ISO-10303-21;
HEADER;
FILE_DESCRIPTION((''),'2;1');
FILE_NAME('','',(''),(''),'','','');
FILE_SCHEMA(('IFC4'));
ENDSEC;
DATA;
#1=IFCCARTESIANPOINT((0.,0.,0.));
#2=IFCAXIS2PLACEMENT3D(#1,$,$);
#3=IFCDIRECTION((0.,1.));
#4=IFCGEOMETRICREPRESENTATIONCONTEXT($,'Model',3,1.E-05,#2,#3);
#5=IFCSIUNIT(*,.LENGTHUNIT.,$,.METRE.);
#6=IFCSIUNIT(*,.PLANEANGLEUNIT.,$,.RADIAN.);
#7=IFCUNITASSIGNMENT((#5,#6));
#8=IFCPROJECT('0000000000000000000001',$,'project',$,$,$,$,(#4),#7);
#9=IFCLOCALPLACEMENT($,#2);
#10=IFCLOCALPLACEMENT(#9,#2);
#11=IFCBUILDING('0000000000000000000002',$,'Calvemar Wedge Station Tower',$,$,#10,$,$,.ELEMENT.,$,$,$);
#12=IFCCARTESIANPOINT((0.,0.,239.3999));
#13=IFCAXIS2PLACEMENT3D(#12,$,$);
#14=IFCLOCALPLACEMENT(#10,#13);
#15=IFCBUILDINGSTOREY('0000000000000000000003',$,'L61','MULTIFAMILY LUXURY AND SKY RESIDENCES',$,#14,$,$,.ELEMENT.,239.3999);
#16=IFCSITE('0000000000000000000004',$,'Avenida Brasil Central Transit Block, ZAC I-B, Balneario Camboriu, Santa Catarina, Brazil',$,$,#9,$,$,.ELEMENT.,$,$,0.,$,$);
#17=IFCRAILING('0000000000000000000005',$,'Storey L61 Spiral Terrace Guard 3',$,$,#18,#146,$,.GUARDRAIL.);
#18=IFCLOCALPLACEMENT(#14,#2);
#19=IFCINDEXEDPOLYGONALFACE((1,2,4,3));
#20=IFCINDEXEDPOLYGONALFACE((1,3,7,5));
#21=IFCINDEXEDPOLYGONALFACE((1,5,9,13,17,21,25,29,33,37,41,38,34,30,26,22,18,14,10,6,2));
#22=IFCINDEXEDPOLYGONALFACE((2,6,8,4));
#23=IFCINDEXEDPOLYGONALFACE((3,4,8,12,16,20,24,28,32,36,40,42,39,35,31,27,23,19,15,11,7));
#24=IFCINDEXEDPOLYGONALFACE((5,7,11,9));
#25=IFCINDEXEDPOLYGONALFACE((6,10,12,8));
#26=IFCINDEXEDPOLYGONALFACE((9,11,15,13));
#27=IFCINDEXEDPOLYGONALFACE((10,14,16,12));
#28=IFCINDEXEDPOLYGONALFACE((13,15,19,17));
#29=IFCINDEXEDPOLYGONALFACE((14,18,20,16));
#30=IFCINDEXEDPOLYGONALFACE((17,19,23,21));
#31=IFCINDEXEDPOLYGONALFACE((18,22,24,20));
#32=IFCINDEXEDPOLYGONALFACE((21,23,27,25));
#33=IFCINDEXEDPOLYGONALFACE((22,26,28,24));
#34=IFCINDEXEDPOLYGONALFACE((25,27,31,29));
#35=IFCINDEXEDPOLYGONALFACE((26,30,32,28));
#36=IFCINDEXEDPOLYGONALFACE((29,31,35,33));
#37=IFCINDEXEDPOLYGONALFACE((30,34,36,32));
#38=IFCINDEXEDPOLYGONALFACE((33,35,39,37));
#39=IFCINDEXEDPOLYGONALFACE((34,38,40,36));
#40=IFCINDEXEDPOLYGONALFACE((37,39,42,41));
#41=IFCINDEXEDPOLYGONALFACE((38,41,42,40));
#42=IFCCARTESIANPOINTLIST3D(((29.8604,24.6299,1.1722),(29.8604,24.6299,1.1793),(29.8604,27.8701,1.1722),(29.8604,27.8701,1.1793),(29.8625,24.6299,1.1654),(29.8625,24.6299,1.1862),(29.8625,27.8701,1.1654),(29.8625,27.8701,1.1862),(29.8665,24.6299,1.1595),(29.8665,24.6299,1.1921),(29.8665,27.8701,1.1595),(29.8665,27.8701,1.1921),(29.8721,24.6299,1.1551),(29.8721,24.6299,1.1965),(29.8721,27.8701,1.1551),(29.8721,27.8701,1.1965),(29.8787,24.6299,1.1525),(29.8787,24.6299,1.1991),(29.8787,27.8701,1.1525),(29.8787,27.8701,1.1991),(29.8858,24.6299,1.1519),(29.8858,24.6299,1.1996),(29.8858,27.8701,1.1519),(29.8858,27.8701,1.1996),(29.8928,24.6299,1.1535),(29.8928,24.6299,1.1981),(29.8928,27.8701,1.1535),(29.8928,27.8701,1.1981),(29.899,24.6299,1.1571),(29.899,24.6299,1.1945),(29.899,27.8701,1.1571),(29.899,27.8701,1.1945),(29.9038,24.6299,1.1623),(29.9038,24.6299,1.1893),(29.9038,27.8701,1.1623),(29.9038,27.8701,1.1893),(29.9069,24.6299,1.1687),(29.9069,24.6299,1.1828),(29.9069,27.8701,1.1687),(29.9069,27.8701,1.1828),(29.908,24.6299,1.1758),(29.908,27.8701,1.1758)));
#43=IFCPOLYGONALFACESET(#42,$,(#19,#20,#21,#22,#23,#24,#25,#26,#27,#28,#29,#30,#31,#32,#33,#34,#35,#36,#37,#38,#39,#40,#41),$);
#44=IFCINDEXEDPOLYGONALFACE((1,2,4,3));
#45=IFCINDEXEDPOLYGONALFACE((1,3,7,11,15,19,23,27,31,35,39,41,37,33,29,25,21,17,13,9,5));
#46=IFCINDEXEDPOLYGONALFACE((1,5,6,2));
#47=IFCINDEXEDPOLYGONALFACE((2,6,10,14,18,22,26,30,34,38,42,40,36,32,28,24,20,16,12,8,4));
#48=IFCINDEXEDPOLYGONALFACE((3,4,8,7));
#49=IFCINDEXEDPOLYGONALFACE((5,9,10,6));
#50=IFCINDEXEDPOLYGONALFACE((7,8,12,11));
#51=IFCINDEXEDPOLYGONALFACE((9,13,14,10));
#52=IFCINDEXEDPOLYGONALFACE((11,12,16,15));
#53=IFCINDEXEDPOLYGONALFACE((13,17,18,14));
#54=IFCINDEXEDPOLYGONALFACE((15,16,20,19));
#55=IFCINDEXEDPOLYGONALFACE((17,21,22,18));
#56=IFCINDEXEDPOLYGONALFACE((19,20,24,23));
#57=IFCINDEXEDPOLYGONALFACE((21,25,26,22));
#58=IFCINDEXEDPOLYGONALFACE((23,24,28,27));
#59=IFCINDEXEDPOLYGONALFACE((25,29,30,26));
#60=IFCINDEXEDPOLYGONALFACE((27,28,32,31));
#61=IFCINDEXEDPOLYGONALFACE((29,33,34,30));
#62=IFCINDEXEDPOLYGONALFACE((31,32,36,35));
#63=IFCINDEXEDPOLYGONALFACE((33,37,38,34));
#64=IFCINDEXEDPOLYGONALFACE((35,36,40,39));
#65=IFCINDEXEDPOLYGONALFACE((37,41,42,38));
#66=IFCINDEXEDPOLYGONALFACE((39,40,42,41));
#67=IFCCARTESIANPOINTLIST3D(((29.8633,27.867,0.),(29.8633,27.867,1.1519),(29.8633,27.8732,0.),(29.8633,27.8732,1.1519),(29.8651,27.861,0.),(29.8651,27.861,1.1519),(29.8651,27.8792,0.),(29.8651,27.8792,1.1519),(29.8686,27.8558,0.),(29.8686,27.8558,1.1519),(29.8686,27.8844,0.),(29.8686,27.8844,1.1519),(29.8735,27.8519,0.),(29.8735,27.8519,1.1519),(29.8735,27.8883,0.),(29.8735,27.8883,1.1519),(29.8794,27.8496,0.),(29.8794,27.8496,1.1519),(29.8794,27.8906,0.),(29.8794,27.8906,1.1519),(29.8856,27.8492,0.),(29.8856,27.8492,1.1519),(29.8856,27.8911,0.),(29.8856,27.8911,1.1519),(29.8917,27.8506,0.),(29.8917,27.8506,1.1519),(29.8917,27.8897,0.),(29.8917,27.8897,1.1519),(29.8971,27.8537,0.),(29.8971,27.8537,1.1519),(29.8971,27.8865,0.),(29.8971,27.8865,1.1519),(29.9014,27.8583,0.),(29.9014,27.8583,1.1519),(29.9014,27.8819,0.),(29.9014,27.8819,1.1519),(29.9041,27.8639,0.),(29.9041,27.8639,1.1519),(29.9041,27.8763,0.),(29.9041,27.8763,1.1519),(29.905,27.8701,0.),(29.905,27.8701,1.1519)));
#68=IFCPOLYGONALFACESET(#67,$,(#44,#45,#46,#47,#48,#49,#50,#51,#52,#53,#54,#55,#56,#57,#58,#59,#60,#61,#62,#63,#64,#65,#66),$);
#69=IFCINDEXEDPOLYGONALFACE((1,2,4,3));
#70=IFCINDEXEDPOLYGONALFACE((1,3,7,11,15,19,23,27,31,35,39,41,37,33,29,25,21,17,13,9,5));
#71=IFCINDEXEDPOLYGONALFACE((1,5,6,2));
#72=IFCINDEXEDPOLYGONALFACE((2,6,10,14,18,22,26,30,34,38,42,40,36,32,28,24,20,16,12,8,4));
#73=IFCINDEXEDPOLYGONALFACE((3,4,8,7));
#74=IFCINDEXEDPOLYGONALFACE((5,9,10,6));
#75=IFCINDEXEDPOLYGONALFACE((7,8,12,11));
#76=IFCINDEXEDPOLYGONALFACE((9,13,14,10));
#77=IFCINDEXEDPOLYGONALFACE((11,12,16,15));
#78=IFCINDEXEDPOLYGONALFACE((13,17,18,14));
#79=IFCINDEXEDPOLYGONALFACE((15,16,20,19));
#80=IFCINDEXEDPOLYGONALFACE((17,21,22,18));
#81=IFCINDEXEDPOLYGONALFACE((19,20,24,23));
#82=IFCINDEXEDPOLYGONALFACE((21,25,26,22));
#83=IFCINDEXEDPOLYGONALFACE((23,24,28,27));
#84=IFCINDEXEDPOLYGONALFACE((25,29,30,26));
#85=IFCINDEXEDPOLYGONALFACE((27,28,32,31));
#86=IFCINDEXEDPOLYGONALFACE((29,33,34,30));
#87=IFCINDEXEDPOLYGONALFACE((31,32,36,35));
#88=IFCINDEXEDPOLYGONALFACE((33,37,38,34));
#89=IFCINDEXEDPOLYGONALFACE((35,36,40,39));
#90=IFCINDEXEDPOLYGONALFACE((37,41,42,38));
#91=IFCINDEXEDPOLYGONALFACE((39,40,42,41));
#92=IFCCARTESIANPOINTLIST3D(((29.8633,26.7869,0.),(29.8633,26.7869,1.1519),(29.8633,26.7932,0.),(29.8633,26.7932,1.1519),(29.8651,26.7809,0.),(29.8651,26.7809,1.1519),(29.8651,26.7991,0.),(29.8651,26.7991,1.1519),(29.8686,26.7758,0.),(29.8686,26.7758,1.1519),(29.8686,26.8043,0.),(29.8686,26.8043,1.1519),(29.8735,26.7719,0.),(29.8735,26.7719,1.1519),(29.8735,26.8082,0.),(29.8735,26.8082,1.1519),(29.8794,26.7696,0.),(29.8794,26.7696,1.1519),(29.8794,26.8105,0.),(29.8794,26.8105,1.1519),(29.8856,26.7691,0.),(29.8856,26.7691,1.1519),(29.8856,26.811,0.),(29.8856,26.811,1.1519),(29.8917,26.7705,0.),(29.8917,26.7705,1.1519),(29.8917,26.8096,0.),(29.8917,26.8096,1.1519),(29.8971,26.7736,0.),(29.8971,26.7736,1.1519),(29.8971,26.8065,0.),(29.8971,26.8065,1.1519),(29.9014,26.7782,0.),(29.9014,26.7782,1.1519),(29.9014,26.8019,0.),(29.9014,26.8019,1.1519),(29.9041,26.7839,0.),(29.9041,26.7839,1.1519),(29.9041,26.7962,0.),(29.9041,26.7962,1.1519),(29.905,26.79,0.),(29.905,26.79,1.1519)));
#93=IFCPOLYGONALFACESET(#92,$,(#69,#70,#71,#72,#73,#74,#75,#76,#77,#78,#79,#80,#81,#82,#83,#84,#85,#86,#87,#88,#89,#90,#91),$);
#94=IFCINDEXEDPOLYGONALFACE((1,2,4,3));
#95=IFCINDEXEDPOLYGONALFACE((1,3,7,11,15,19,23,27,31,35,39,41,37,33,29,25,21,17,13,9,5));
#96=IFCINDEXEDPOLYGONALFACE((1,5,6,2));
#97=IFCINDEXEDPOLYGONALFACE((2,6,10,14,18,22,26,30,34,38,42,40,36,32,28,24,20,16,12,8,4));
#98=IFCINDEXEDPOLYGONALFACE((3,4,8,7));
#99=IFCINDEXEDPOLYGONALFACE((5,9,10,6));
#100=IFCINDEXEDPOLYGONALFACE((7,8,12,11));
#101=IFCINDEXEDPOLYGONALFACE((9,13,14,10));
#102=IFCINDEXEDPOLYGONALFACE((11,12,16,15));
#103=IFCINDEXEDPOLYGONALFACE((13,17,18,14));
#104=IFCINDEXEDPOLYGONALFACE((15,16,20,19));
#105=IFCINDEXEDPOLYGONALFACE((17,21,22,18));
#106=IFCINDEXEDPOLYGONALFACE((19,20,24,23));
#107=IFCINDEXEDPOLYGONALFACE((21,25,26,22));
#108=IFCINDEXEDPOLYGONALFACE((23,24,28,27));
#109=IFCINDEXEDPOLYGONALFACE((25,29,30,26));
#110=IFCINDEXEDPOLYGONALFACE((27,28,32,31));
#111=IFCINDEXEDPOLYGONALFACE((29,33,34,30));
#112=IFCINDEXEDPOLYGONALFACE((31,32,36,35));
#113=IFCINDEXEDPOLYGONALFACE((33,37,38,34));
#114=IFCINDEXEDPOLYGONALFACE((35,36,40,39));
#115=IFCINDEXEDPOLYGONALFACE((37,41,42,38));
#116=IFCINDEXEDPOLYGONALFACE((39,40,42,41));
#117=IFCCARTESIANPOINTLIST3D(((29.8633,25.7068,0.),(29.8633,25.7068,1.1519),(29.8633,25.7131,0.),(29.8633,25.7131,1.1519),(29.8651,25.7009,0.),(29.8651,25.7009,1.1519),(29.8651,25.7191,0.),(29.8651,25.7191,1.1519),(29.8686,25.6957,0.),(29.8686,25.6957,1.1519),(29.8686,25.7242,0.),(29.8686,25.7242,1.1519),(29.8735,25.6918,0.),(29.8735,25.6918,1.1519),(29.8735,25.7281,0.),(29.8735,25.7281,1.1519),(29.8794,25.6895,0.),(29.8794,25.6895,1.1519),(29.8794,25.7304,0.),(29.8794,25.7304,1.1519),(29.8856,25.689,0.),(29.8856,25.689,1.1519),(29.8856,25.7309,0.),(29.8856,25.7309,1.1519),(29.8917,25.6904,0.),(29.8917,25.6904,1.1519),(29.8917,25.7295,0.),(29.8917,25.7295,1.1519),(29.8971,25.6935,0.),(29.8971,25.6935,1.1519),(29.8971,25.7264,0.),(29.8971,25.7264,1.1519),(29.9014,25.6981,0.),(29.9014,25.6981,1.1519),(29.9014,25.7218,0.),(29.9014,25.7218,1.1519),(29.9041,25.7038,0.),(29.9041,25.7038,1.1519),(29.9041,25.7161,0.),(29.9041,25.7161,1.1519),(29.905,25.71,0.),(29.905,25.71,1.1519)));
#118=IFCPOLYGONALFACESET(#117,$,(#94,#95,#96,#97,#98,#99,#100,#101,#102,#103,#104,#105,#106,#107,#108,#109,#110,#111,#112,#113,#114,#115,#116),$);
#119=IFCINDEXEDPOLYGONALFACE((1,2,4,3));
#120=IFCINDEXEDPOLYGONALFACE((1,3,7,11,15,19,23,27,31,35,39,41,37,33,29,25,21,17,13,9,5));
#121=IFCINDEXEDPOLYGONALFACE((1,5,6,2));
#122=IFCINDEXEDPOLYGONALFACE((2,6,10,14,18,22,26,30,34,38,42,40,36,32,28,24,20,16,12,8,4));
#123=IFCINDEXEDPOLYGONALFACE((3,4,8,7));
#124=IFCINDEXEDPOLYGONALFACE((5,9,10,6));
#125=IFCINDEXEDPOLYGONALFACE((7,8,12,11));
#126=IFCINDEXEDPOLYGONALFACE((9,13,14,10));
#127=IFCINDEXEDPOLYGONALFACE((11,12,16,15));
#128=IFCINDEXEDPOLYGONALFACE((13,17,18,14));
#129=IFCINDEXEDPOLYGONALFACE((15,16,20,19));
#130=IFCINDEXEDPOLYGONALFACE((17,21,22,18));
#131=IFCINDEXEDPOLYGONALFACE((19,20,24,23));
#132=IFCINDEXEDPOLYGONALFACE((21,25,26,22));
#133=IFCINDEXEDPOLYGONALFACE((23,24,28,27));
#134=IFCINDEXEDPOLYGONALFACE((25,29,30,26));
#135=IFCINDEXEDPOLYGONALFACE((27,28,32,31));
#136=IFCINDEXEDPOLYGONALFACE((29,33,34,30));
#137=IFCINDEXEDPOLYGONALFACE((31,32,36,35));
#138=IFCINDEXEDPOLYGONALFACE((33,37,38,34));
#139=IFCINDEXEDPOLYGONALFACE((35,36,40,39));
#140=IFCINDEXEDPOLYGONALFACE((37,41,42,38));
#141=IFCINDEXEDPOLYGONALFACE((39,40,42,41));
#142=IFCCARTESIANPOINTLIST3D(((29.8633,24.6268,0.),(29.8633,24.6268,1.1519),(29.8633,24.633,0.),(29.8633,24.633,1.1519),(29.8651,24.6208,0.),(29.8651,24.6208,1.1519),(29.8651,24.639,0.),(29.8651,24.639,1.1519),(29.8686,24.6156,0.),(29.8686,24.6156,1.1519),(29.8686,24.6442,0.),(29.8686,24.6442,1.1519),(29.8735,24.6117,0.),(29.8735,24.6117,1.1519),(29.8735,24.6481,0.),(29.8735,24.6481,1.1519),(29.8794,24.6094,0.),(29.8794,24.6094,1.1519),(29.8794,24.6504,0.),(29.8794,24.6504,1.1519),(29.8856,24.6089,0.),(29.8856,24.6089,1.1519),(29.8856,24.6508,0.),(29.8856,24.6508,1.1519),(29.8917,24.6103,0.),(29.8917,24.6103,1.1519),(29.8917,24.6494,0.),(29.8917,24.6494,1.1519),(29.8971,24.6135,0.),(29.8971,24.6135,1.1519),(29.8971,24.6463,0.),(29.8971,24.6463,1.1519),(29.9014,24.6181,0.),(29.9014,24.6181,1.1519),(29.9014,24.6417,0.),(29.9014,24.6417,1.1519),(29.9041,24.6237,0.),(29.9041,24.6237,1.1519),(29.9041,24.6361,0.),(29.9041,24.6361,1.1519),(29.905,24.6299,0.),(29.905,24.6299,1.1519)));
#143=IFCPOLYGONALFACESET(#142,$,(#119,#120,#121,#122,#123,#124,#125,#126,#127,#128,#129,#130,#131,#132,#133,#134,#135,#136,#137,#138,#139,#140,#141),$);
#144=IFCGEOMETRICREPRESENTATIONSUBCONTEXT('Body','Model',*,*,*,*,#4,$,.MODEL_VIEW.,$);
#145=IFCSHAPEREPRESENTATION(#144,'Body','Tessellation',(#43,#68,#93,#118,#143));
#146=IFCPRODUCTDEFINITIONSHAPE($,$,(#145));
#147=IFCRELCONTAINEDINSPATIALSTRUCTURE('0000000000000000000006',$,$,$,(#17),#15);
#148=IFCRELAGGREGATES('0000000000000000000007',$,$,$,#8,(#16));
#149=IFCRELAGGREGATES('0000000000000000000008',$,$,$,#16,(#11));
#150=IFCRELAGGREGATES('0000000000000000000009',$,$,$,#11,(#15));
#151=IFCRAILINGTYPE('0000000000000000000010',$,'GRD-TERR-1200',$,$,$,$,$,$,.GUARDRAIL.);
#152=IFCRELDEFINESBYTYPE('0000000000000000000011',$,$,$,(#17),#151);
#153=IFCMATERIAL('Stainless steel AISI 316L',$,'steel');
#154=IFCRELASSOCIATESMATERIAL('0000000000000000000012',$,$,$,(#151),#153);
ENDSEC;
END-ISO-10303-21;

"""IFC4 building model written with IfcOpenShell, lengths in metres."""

from ifc_helpers import new_model, si_unit, direction, frame, origin, origin_2d, place, context, subcontext, project, spatial, circle, extrude, material, type_object, element, save


model = new_model("IFC4")

# Units and contexts
model_context = context("Model", 3, precision=1e-05, world=origin(), true_north=direction((0.0, 1.0)))
body_context = subcontext(model_context, "Body", "Model", "MODEL_VIEW")
ifc_project = project(units=[si_unit("LENGTHUNIT", "METRE"), si_unit("PLANEANGLEUNIT", "RADIAN")], contexts=[model_context])

# Site, building, storey
site_placement = place(None, origin())
site = spatial("IfcSite", under=ifc_project, at=site_placement, Name="Avenida Brasil Central Transit Block, ZAC I-B, Balneario Camboriu, Santa Catarina, Brazil", CompositionType="ELEMENT", RefElevation=0.0)
building_placement = place(site_placement, origin())
building = spatial("IfcBuilding", under=site, at=building_placement, Name="Calvemar Wedge Station Tower", CompositionType="ELEMENT")
storey_placement = place(building_placement, frame((0.0, 0.0, 239.3999)))
storey = spatial("IfcBuildingStorey", under=building, at=storey_placement, Name="L61", Description="MULTIFAMILY LUXURY AND SKY RESIDENCES", CompositionType="ELEMENT", Elevation=239.3999)

# Railing
ifc_material_1 = material(Name="Stainless steel AISI 316L", Category="steel")
railing_type = type_object("IfcRailingType", Name="GRD-TERR-1200", PredefinedType="GUARDRAIL", material=ifc_material_1)
railing_1_placement = place(storey_placement, frame((29.884, 27.8701, 0.0)))
element("IfcRailing", 1, at=railing_1_placement, inside=storey, type_object=railing_type, Name="Storey L61 Spiral Terrace Guard 3", PredefinedType="GUARDRAIL", context=body_context, shape_type="SweptSolid", body=[
    extrude(circle(Radius=0.0239, at=origin_2d()), frame((0.0, 0.0, 1.1758), z_axis=(0.0, -1.0, 0.0), x_axis=(1.0, 0.0, 0.0)), (0.0, 0.0, 1.0), 3.2402),
    extrude(circle(Radius=0.021, at=origin_2d()), origin(), (0.0, 0.0, 1.0), 1.1519),
    extrude(circle(Radius=0.021, at=origin_2d()), frame((0.0, -1.0801, 0.0)), (0.0, 0.0, 1.0), 1.1519),
    extrude(circle(Radius=0.021, at=origin_2d()), frame((0.0, -2.1602, 0.0)), (0.0, 0.0, 1.0), 1.1519),
    extrude(circle(Radius=0.021, at=origin_2d()), frame((0.0, -3.2402, 0.0)), (0.0, 0.0, 1.0), 1.1519),
])

save(model, "model.ifc")
